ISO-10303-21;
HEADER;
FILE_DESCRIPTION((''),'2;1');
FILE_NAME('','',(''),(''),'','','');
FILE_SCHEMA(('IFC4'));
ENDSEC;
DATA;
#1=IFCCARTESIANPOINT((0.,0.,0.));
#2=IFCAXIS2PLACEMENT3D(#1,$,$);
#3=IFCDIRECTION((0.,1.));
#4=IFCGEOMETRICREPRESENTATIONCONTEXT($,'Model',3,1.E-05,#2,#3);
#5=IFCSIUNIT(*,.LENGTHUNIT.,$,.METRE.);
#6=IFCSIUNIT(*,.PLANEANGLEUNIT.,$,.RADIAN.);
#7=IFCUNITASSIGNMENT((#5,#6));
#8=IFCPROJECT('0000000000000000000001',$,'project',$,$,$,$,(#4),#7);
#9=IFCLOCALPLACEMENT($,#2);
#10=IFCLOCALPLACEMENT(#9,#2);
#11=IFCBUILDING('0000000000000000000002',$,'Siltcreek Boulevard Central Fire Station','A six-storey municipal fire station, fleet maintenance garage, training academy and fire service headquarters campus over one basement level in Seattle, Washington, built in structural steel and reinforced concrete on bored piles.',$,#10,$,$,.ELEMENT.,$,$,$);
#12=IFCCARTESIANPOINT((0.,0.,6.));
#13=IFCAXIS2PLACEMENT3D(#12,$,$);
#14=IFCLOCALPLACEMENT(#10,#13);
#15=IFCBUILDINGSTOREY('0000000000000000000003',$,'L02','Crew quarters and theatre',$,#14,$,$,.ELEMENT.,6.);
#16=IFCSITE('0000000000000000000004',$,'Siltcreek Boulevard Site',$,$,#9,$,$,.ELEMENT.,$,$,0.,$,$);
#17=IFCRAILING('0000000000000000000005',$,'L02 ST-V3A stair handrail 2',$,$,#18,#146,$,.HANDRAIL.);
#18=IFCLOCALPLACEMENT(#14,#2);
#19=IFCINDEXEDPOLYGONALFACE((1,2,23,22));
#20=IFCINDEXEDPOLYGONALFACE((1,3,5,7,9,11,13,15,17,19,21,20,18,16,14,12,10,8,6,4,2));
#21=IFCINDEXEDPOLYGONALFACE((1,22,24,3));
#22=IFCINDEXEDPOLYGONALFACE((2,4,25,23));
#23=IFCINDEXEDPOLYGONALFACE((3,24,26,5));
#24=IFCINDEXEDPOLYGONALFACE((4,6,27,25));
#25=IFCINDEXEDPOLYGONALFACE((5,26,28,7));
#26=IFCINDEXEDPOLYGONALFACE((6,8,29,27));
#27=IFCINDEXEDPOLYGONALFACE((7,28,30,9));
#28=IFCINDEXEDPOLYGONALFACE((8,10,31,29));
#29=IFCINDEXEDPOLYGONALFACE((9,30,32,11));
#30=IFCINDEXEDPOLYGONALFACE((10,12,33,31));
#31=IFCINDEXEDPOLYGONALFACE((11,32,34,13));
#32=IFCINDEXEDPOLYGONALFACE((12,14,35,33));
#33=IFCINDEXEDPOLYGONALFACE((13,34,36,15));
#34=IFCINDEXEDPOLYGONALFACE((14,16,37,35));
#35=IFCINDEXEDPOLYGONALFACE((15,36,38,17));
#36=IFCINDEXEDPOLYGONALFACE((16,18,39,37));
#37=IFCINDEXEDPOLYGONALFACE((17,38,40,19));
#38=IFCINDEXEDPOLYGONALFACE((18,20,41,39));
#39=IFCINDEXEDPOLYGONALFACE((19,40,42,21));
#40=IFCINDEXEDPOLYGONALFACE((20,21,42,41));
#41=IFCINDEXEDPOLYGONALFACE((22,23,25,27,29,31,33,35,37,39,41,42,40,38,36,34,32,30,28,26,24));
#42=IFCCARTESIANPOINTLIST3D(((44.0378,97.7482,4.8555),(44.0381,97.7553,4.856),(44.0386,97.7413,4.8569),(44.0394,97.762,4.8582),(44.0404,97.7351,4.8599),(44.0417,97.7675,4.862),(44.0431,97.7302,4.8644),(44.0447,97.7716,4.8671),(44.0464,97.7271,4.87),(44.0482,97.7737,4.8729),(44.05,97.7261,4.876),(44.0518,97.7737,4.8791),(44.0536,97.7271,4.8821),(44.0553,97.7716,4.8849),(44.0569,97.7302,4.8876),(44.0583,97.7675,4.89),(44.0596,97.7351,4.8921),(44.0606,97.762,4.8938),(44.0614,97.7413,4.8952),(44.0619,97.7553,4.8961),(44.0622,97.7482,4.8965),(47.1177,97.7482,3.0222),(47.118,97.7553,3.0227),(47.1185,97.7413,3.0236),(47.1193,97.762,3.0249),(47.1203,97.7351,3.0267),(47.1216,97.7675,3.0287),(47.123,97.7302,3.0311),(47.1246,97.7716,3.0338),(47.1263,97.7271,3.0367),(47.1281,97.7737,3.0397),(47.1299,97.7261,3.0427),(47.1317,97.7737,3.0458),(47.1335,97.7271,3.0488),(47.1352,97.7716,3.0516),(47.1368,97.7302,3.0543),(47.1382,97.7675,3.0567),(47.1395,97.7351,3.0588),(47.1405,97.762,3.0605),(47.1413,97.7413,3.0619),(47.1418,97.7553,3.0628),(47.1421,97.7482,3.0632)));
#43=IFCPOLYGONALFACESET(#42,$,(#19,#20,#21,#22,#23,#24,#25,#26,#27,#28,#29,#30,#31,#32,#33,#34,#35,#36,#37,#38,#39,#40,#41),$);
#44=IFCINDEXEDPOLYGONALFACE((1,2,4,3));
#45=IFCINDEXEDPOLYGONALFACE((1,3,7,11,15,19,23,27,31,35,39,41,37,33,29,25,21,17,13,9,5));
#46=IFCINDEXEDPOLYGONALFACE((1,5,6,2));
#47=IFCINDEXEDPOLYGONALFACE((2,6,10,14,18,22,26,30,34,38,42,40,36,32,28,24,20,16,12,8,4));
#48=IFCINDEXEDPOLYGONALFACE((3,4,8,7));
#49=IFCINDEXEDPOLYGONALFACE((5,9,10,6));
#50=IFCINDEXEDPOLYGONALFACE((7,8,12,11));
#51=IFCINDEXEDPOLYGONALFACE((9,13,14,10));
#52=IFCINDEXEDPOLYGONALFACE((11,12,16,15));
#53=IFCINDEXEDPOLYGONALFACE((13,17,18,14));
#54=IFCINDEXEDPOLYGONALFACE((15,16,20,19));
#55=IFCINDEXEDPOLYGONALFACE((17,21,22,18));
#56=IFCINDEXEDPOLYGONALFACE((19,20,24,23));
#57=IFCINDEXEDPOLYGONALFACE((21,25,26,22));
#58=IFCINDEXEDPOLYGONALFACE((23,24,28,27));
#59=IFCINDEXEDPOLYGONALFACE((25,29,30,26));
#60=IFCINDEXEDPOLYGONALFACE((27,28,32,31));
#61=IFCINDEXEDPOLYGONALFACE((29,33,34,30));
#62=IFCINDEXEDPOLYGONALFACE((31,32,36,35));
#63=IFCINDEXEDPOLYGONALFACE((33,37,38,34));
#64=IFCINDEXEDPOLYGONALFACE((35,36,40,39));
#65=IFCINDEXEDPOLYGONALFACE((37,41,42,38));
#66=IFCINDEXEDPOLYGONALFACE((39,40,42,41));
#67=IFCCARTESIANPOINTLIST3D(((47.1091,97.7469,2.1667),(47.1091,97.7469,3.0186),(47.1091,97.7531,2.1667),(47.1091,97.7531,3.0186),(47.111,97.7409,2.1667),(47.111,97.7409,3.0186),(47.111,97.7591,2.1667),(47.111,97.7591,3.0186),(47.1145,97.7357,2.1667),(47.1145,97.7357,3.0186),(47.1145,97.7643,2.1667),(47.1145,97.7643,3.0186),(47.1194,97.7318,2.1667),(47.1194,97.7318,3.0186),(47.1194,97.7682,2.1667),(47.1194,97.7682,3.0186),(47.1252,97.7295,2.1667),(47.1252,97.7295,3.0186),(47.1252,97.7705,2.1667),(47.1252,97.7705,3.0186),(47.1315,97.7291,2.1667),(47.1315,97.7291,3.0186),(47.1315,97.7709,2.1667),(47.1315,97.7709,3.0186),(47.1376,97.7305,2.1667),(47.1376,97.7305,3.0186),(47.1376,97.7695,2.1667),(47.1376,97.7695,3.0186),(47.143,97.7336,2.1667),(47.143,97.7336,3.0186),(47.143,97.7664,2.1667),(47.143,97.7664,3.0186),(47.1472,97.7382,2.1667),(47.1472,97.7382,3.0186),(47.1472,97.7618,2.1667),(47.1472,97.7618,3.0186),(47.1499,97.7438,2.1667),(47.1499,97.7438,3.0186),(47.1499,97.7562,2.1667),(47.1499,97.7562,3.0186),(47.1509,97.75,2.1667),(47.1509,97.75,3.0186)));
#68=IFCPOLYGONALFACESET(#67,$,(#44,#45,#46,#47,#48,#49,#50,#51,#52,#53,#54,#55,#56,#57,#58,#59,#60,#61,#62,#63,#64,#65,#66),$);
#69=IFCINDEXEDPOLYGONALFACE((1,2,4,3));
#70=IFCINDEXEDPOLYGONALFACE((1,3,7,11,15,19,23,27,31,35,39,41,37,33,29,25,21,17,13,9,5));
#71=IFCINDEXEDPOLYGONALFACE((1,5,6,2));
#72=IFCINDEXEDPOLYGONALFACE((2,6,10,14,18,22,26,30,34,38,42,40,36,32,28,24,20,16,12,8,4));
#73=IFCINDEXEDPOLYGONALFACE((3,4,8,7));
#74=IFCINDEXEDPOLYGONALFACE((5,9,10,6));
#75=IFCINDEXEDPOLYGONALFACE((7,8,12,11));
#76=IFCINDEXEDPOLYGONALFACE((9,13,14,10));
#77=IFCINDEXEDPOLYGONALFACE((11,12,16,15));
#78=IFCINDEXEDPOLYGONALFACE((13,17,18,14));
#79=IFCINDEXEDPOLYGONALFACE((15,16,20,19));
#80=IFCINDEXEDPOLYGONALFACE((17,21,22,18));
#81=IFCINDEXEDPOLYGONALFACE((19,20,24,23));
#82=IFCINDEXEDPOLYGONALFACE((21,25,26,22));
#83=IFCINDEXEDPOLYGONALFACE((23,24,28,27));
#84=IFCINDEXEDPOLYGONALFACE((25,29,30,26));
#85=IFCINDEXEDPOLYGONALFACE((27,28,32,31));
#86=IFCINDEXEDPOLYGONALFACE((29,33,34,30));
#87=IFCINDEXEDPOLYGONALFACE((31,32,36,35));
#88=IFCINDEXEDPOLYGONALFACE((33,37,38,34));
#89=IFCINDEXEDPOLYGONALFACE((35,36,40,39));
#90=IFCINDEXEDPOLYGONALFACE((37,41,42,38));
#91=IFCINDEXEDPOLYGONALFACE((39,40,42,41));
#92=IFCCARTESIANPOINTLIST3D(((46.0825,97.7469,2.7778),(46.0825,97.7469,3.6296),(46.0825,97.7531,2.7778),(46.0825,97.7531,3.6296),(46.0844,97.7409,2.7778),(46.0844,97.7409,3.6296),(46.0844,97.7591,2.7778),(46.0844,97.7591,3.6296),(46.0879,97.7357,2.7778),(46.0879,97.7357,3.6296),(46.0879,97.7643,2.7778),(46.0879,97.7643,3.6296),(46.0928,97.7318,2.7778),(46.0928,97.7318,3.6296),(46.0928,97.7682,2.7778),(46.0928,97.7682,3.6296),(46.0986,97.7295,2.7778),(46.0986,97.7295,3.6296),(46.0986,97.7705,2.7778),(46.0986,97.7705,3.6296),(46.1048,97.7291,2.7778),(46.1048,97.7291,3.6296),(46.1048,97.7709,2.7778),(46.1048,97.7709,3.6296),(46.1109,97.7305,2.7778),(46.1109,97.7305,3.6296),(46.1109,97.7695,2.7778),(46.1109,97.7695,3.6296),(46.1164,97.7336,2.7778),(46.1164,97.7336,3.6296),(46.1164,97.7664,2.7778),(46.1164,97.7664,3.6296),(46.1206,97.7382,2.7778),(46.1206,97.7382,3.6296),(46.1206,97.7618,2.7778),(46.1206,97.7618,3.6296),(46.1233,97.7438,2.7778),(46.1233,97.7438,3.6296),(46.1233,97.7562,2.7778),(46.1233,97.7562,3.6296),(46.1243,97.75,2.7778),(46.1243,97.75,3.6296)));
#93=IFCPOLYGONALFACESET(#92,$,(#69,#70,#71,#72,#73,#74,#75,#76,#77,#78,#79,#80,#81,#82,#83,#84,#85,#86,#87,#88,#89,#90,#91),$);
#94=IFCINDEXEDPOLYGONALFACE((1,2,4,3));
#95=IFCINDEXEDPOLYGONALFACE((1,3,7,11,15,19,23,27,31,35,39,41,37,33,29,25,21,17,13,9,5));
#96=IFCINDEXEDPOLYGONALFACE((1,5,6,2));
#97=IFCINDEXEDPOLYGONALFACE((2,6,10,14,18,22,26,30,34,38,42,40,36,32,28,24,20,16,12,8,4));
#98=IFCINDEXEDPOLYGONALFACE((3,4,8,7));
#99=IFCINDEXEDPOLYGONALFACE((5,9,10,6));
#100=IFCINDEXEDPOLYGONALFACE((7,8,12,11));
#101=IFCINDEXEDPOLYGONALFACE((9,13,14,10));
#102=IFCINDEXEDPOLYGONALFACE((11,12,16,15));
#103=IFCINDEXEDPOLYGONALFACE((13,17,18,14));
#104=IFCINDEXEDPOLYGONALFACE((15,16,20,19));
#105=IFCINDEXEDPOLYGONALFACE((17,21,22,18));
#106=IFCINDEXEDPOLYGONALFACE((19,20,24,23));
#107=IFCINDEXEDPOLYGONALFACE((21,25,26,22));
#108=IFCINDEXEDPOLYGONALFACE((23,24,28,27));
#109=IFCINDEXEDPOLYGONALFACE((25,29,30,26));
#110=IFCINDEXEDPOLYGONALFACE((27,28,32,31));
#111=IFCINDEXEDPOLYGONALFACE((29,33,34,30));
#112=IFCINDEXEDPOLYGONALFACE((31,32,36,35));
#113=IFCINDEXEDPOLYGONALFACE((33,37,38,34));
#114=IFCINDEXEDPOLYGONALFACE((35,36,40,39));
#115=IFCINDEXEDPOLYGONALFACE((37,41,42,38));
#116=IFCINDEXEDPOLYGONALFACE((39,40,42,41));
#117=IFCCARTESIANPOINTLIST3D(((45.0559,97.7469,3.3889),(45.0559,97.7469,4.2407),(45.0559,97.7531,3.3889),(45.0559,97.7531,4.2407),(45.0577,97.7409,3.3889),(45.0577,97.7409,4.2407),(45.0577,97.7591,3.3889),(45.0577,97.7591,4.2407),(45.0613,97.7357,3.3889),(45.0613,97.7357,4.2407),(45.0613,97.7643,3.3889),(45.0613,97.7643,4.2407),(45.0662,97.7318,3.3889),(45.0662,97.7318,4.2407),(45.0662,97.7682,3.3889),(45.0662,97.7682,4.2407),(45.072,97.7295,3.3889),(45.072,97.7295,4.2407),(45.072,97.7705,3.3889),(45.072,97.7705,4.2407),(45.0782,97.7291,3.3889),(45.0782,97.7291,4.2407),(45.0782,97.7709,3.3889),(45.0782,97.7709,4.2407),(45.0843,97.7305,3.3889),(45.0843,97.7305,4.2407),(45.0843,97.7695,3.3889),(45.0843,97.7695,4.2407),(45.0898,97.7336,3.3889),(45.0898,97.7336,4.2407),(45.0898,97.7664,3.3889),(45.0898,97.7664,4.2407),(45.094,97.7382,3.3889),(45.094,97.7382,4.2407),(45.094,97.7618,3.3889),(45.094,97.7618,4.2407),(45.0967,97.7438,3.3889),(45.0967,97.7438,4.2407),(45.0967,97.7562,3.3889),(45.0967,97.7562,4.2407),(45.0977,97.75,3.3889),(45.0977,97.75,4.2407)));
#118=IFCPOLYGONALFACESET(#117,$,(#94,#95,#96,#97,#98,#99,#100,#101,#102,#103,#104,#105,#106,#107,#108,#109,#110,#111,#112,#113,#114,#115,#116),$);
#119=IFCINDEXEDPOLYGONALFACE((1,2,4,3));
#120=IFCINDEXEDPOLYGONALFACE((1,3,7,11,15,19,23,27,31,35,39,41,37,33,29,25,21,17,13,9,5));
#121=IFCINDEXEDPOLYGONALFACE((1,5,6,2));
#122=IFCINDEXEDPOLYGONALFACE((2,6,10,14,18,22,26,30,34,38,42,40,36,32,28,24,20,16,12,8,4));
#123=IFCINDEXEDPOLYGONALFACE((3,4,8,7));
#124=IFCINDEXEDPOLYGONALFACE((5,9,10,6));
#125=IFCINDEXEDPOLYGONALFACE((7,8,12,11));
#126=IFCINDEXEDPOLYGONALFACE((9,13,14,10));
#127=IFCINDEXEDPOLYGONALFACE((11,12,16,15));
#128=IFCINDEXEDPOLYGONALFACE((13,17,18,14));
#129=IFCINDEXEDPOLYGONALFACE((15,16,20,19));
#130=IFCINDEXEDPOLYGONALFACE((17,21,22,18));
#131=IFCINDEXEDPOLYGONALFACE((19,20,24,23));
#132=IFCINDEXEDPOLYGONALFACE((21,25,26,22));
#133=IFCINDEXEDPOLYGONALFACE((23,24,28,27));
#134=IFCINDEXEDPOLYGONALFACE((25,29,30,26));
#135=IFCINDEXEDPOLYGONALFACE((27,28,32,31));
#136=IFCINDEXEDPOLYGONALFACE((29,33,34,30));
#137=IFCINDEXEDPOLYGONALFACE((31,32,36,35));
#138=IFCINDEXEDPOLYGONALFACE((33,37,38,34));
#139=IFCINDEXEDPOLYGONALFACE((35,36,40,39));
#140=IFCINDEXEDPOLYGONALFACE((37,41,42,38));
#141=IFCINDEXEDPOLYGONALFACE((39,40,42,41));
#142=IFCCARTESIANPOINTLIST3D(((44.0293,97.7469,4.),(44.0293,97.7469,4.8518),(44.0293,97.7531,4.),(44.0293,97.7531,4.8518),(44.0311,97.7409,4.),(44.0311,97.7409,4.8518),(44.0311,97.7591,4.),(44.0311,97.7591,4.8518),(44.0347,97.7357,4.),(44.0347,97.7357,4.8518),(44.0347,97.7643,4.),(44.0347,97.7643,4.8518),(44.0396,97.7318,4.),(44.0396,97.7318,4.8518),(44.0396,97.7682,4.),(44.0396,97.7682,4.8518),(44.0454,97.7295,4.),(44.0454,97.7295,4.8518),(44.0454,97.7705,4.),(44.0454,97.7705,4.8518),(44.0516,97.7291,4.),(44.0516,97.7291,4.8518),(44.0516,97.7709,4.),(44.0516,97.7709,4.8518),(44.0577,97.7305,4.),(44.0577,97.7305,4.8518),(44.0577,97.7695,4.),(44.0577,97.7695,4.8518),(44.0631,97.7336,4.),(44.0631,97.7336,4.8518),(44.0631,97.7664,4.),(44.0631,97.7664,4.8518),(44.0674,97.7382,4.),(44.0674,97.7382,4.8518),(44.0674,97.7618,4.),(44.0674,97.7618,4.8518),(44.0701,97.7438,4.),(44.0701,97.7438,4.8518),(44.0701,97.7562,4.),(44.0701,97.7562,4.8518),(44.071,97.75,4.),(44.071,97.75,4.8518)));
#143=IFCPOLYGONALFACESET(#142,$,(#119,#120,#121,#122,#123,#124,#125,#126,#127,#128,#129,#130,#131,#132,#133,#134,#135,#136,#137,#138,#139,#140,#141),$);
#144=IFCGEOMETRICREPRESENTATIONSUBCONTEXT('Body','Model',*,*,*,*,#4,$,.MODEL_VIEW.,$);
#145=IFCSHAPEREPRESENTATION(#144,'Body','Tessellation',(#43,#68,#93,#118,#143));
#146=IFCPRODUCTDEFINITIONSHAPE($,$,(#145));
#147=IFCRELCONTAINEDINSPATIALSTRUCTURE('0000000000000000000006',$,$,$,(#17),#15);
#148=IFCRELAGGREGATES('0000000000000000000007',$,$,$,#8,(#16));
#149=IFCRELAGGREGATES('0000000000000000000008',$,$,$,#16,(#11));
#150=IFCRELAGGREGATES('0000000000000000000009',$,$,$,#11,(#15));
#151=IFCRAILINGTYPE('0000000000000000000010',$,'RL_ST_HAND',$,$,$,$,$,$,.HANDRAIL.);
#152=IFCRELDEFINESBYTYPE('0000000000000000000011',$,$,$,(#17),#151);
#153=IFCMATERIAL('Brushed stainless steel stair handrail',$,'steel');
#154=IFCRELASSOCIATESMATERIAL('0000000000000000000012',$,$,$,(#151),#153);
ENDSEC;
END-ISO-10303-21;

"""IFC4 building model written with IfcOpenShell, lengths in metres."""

from ifc_helpers import new_model, si_unit, direction, frame, origin, origin_2d, place, context, subcontext, project, spatial, circle, extrude, material, type_object, element, save


model = new_model("IFC4")

# Units and contexts
model_context = context("Model", 3, precision=1e-05, world=origin(), true_north=direction((0.0, 1.0)))
body_context = subcontext(model_context, "Body", "Model", "MODEL_VIEW")
ifc_project = project(units=[si_unit("LENGTHUNIT", "METRE"), si_unit("PLANEANGLEUNIT", "RADIAN")], contexts=[model_context])

# Site, building, storey
site_placement = place(None, origin())
site = spatial("IfcSite", under=ifc_project, at=site_placement, Name="Siltcreek Boulevard Site", CompositionType="ELEMENT", RefElevation=0.0)
building_placement = place(site_placement, origin())
building = spatial("IfcBuilding", under=site, at=building_placement, Name="Siltcreek Boulevard Central Fire Station", Description="A six-storey municipal fire station, fleet maintenance garage, training academy and fire service headquarters campus over one basement level in Seattle, Washington, built in structural steel and reinforced concrete on bored piles.", CompositionType="ELEMENT")
storey_placement = place(building_placement, frame((0.0, 0.0, 6.0)))
storey = spatial("IfcBuildingStorey", under=building, at=storey_placement, Name="L02", Description="Crew quarters and theatre", CompositionType="ELEMENT", Elevation=6.0)

# Railing
ifc_material_1 = material(Name="Brushed stainless steel stair handrail", Category="steel")
railing_type_1 = type_object("IfcRailingType", Name="RL_ST_HAND", PredefinedType="HANDRAIL", material=ifc_material_1)
railing_1_placement = place(storey_placement, frame((47.1299, 97.75, 2.1667)))
element("IfcRailing", 1, at=railing_1_placement, inside=storey, type_object=railing_type_1, Name="L02 ST-V3A stair handrail 2", PredefinedType="HANDRAIL", context=body_context, shape_type="SweptSolid", body=[
    extrude(circle(Radius=0.0239, at=origin_2d()), frame((0.0, 0.0, 0.876), z_axis=(-0.859291, 0.0, 0.511487), x_axis=(0.0, -1.0, 0.0)), (0.0, 0.0, 1.0), 3.5842),
    extrude(circle(Radius=0.021, at=origin_2d()), origin(), (0.0, 0.0, 1.0), 0.8518),
    extrude(circle(Radius=0.021, at=origin_2d()), frame((-1.0266, 0.0, 0.6111)), (0.0, 0.0, 1.0), 0.8518),
    extrude(circle(Radius=0.021, at=origin_2d()), frame((-2.0532, 0.0, 1.2222)), (0.0, 0.0, 1.0), 0.8518),
    extrude(circle(Radius=0.021, at=origin_2d()), frame((-3.0798, 0.0, 1.8333)), (0.0, 0.0, 1.0), 0.8518),
])

save(model, "model.ifc")
